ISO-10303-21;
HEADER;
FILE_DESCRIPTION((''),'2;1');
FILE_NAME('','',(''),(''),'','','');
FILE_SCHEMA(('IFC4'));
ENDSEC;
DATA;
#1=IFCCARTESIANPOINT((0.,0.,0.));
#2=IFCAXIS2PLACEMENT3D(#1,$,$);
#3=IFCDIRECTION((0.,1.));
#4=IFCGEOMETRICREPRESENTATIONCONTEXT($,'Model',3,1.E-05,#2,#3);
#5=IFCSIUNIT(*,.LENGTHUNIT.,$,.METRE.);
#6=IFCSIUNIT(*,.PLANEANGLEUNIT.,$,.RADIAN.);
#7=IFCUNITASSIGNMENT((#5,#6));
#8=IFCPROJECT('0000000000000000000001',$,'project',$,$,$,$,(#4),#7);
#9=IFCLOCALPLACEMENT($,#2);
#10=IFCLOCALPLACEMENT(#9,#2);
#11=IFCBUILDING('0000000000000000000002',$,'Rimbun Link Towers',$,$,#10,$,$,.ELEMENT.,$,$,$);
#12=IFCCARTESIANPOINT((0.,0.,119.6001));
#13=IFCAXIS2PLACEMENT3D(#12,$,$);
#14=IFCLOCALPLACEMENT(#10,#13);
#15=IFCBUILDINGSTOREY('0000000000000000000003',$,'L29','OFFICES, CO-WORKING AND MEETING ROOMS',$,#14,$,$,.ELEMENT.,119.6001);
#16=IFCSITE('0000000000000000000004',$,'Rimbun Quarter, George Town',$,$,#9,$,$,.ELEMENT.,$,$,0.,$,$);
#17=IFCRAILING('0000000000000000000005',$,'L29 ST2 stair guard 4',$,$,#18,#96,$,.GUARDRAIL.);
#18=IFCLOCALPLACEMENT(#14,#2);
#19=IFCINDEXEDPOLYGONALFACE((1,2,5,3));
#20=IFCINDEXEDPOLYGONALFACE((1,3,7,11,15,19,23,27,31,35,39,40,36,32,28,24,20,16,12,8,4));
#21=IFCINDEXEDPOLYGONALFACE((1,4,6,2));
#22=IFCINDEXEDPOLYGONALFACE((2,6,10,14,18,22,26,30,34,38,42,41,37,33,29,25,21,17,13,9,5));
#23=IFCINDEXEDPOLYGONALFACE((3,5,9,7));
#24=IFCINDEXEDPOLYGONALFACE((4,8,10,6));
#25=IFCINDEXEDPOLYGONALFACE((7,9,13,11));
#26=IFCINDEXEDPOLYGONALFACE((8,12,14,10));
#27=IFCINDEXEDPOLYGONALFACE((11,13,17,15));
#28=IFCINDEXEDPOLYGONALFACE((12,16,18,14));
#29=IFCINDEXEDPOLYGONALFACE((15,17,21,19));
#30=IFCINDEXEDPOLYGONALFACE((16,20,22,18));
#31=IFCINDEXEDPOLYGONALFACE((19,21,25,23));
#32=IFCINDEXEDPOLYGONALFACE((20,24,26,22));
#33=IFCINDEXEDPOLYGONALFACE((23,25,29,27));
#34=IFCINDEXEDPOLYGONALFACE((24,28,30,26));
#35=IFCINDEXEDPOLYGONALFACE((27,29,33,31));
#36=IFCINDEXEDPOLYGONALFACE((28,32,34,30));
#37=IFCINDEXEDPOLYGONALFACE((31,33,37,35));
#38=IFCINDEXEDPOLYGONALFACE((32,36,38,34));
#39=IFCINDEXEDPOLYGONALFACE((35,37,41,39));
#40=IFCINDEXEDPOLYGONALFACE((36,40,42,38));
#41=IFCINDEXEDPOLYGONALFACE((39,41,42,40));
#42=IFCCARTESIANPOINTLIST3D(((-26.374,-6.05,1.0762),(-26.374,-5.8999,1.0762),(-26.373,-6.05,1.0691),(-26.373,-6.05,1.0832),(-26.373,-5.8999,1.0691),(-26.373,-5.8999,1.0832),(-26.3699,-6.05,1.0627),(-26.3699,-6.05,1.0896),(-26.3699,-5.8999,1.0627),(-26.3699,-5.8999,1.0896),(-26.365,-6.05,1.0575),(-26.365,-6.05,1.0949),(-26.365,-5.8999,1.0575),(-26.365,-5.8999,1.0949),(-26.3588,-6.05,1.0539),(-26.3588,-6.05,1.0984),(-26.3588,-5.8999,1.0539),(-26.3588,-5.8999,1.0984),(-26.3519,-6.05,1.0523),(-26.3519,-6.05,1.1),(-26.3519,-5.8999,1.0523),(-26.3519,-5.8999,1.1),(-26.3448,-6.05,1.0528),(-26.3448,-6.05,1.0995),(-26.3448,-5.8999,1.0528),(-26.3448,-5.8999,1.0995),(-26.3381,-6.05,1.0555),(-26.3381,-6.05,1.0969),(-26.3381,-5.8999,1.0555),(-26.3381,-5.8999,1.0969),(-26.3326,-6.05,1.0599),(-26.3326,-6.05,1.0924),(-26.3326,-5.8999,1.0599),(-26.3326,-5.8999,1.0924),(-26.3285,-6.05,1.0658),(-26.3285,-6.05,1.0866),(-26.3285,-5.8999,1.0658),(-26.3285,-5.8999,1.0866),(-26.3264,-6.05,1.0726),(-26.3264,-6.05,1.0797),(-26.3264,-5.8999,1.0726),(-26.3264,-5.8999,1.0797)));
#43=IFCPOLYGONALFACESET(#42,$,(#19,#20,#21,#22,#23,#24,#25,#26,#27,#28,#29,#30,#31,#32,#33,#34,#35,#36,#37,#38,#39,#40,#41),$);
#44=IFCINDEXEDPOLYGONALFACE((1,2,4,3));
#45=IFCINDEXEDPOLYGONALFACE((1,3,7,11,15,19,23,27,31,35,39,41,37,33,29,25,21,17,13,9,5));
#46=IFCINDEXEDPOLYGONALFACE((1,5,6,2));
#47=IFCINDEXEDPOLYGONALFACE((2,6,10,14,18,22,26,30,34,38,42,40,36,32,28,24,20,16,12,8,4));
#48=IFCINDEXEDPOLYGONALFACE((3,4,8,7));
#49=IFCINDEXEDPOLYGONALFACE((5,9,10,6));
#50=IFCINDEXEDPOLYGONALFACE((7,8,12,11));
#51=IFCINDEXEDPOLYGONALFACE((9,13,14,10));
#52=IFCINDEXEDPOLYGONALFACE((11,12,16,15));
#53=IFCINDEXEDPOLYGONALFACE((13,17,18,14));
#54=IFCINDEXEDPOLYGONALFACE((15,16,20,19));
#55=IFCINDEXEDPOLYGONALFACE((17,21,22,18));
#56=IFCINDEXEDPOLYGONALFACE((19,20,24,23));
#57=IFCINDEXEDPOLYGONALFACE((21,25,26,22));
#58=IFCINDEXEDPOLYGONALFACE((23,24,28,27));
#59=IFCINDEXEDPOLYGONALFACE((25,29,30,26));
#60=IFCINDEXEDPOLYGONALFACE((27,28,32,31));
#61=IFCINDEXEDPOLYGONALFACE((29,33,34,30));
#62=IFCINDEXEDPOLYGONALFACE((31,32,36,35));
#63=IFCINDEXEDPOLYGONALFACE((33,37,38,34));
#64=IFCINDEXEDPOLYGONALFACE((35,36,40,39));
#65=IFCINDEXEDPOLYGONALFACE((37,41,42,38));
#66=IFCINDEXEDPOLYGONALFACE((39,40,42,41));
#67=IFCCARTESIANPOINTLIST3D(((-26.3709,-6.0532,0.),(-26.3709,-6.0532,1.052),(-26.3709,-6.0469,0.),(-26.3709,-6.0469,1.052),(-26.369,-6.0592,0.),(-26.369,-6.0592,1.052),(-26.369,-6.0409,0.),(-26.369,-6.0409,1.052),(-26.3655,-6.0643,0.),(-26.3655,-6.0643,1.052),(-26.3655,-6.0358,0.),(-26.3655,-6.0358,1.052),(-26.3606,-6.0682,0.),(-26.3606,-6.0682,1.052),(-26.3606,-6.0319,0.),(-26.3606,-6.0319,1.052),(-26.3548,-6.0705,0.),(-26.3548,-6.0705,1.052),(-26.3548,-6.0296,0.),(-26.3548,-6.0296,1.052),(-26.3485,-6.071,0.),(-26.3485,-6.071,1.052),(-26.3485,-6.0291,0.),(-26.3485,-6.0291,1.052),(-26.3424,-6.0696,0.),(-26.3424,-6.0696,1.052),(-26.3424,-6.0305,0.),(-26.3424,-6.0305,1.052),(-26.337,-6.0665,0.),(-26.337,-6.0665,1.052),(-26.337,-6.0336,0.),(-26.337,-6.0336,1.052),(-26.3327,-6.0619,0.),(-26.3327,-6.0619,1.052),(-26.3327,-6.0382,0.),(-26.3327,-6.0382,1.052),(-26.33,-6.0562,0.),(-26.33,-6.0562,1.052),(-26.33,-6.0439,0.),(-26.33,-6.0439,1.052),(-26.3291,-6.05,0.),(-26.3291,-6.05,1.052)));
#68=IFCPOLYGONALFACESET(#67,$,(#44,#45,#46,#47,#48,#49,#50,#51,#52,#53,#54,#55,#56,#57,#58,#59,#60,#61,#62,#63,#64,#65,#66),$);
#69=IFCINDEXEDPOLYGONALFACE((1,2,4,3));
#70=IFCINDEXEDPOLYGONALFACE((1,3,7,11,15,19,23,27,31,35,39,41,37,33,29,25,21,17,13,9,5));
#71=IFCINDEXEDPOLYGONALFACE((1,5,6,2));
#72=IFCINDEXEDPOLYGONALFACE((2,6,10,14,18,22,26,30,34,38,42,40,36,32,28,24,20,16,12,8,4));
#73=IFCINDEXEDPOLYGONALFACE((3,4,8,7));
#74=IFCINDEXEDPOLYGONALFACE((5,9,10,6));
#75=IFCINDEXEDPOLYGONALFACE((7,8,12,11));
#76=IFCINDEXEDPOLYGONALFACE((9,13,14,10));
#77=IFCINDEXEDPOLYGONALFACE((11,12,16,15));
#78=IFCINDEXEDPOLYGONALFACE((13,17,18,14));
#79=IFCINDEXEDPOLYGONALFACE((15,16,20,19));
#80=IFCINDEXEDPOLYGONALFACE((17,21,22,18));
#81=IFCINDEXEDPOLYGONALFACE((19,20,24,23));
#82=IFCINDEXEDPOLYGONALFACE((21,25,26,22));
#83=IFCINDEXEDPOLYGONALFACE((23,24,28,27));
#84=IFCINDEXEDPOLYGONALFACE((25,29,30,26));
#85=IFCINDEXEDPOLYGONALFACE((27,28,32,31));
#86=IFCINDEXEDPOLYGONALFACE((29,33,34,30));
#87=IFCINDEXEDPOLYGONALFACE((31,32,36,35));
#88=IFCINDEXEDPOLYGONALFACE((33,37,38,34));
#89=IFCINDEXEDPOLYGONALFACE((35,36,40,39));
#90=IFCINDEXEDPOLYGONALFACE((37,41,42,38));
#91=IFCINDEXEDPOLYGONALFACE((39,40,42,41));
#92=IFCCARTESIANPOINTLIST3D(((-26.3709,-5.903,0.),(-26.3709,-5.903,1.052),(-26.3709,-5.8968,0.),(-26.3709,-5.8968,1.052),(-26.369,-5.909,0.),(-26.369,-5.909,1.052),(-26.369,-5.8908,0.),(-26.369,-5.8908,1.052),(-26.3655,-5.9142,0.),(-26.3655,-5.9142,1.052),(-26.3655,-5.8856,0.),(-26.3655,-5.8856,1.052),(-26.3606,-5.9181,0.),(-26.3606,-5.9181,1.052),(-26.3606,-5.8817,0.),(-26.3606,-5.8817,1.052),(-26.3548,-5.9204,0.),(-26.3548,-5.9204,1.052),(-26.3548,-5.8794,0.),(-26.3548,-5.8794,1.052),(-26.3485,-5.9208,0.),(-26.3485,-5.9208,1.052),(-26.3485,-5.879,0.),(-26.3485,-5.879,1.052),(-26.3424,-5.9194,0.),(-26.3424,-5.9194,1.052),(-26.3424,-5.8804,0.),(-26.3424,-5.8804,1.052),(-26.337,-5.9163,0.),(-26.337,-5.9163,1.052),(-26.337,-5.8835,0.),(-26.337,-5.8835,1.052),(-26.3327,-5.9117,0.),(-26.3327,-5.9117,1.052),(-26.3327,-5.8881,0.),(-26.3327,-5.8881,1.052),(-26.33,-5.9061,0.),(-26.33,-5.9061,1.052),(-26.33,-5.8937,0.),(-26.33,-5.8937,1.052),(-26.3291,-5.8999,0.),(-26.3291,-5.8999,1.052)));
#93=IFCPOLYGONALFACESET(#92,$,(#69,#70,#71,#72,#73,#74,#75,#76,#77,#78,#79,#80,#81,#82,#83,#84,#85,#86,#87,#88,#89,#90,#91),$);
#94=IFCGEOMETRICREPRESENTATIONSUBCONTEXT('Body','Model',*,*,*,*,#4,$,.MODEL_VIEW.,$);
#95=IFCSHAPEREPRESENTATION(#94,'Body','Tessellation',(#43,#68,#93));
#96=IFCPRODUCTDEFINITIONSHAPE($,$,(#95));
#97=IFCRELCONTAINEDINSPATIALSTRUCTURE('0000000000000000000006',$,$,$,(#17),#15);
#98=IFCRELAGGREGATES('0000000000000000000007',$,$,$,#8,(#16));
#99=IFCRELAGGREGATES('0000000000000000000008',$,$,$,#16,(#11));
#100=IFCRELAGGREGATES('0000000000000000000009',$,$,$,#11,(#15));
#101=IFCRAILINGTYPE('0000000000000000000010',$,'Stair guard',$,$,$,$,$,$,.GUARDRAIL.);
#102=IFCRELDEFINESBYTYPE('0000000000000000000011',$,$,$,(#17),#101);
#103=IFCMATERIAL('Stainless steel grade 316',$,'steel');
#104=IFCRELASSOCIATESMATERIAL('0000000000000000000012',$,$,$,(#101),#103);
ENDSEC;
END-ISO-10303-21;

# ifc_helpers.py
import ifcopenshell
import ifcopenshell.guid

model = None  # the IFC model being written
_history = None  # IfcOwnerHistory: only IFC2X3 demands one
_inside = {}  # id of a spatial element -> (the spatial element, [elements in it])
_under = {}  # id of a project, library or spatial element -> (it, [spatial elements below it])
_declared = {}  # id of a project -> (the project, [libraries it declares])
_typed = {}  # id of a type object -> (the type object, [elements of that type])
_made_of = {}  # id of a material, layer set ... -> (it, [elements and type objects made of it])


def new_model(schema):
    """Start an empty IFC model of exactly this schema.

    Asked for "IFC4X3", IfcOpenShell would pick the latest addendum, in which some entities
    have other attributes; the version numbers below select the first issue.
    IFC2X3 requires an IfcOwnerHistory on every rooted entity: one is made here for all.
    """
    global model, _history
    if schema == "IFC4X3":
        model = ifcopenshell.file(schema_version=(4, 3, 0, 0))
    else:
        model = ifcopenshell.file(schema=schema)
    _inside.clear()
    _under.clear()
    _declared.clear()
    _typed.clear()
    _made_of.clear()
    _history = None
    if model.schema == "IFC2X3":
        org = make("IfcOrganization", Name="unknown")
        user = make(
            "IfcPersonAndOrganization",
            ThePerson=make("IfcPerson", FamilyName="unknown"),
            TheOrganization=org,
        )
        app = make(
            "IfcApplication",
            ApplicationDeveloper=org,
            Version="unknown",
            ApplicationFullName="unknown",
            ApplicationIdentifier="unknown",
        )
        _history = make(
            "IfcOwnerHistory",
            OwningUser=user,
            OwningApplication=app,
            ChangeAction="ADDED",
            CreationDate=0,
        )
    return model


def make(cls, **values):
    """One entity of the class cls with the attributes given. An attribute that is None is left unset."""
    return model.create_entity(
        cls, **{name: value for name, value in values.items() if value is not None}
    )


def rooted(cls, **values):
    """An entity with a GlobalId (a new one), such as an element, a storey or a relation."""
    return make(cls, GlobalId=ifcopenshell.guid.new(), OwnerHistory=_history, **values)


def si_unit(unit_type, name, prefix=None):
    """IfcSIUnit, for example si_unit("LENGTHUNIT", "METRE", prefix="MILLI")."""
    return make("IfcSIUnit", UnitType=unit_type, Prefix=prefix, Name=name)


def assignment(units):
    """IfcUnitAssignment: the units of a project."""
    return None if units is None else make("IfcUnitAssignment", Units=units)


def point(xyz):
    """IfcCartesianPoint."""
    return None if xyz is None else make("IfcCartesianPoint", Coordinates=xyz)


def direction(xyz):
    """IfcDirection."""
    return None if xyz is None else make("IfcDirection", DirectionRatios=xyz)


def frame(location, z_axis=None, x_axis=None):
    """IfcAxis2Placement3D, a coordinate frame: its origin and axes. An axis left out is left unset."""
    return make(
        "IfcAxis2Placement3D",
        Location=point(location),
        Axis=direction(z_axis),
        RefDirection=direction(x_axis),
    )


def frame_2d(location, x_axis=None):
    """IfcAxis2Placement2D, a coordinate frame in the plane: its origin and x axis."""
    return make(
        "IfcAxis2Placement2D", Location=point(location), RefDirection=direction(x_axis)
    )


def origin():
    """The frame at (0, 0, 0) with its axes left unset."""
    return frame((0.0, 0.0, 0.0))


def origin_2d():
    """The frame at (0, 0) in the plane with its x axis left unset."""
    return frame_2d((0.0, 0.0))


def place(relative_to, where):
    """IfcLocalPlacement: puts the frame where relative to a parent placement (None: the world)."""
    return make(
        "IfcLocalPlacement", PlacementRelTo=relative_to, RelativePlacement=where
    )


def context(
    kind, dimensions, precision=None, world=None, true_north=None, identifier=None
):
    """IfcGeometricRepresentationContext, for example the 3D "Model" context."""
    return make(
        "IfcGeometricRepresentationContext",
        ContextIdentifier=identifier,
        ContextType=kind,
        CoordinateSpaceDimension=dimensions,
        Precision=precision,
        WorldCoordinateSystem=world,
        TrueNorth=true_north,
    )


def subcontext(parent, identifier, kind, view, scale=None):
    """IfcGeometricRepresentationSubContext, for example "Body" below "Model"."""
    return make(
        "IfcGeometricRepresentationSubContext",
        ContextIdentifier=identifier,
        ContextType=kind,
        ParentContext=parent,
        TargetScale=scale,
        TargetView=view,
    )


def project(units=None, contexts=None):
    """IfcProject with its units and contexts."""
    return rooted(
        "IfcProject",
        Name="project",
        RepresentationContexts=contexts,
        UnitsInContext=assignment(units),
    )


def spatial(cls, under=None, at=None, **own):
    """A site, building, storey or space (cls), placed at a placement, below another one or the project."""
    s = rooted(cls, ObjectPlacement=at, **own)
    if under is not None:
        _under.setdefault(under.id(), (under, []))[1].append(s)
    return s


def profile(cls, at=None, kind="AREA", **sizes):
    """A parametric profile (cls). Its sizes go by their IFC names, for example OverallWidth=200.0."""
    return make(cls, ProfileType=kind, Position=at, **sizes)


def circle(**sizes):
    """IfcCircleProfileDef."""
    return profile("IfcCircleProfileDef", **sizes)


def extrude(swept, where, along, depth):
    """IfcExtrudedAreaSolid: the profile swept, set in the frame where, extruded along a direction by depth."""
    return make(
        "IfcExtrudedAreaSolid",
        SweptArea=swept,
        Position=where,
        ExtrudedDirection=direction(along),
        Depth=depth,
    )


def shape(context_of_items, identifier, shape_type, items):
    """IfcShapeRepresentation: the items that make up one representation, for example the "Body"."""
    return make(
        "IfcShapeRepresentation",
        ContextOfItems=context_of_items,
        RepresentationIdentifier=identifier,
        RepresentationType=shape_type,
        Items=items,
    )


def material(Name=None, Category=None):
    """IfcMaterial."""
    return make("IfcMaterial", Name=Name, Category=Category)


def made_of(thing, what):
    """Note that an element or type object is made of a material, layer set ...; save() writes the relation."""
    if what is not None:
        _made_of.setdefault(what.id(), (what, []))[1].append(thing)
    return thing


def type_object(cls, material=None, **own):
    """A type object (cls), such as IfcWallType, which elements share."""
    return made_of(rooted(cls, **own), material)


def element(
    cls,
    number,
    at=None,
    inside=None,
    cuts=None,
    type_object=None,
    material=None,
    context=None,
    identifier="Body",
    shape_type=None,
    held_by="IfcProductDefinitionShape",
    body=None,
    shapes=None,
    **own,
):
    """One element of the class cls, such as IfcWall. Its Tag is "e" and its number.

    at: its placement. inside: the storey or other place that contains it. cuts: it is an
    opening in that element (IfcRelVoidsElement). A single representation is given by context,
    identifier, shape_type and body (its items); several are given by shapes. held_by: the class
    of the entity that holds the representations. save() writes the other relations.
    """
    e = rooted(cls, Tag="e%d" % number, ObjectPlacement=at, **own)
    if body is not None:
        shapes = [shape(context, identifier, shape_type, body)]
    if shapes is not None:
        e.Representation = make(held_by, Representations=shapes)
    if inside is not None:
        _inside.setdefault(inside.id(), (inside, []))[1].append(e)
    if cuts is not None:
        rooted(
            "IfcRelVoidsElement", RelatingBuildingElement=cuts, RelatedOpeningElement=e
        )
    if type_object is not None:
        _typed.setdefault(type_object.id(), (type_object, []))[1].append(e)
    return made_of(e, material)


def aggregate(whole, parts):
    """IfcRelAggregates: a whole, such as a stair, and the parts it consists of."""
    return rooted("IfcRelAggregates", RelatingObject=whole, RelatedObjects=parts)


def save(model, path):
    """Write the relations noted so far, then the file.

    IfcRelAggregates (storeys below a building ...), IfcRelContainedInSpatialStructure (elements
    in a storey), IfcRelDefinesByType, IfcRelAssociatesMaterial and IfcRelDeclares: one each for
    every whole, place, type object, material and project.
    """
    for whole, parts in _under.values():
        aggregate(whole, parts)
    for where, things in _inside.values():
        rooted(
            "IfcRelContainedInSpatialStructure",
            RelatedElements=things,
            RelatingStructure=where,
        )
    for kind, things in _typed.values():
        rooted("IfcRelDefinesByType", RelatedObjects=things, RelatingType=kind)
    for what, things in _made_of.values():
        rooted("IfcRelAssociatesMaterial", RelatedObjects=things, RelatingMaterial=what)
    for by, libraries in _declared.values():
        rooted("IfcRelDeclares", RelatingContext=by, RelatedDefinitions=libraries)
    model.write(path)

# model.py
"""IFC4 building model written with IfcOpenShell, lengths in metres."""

from ifc_helpers import new_model, si_unit, direction, frame, origin, origin_2d, place, context, subcontext, project, spatial, circle, extrude, material, type_object, element, save


model = new_model("IFC4")

# Units and contexts
model_context = context("Model", 3, precision=1e-05, world=origin(), true_north=direction((0.0, 1.0)))
body_context = subcontext(model_context, "Body", "Model", "MODEL_VIEW")
ifc_project = project(units=[si_unit("LENGTHUNIT", "METRE"), si_unit("PLANEANGLEUNIT", "RADIAN")], contexts=[model_context])

# Site, building, storey
site_placement = place(None, origin())
site = spatial("IfcSite", under=ifc_project, at=site_placement, Name="Rimbun Quarter, George Town", CompositionType="ELEMENT", RefElevation=0.0)
building_placement = place(site_placement, origin())
building = spatial("IfcBuilding", under=site, at=building_placement, Name="Rimbun Link Towers", CompositionType="ELEMENT")
storey_placement = place(building_placement, frame((0.0, 0.0, 119.6001)))
storey = spatial("IfcBuildingStorey", under=building, at=storey_placement, Name="L29", Description="OFFICES, CO-WORKING AND MEETING ROOMS", CompositionType="ELEMENT", Elevation=119.6001)

# Railing
ifc_material_1 = material(Name="Stainless steel grade 316", Category="steel")
railing_type_1 = type_object("IfcRailingType", Name="Stair guard", PredefinedType="GUARDRAIL", material=ifc_material_1)
railing_1_placement = place(storey_placement, frame((-26.3501, -6.05, 0.0)))
element("IfcRailing", 1, at=railing_1_placement, inside=storey, type_object=railing_type_1, Name="L29 ST2 stair guard 4", PredefinedType="GUARDRAIL", context=body_context, shape_type="SweptSolid", body=[
    extrude(circle(Radius=0.0239, at=origin_2d()), frame((0.0, 0.0, 1.0762), z_axis=(0.0, 1.0, 0.0), x_axis=(-1.0, 0.0, 0.0)), (0.0, 0.0, 1.0), 0.1501),
    extrude(circle(Radius=0.021, at=origin_2d()), origin(), (0.0, 0.0, 1.0), 1.052),
    extrude(circle(Radius=0.021, at=origin_2d()), frame((0.0, 0.1501, 0.0)), (0.0, 0.0, 1.0), 1.052),
])

save(model, "model.ifc")
